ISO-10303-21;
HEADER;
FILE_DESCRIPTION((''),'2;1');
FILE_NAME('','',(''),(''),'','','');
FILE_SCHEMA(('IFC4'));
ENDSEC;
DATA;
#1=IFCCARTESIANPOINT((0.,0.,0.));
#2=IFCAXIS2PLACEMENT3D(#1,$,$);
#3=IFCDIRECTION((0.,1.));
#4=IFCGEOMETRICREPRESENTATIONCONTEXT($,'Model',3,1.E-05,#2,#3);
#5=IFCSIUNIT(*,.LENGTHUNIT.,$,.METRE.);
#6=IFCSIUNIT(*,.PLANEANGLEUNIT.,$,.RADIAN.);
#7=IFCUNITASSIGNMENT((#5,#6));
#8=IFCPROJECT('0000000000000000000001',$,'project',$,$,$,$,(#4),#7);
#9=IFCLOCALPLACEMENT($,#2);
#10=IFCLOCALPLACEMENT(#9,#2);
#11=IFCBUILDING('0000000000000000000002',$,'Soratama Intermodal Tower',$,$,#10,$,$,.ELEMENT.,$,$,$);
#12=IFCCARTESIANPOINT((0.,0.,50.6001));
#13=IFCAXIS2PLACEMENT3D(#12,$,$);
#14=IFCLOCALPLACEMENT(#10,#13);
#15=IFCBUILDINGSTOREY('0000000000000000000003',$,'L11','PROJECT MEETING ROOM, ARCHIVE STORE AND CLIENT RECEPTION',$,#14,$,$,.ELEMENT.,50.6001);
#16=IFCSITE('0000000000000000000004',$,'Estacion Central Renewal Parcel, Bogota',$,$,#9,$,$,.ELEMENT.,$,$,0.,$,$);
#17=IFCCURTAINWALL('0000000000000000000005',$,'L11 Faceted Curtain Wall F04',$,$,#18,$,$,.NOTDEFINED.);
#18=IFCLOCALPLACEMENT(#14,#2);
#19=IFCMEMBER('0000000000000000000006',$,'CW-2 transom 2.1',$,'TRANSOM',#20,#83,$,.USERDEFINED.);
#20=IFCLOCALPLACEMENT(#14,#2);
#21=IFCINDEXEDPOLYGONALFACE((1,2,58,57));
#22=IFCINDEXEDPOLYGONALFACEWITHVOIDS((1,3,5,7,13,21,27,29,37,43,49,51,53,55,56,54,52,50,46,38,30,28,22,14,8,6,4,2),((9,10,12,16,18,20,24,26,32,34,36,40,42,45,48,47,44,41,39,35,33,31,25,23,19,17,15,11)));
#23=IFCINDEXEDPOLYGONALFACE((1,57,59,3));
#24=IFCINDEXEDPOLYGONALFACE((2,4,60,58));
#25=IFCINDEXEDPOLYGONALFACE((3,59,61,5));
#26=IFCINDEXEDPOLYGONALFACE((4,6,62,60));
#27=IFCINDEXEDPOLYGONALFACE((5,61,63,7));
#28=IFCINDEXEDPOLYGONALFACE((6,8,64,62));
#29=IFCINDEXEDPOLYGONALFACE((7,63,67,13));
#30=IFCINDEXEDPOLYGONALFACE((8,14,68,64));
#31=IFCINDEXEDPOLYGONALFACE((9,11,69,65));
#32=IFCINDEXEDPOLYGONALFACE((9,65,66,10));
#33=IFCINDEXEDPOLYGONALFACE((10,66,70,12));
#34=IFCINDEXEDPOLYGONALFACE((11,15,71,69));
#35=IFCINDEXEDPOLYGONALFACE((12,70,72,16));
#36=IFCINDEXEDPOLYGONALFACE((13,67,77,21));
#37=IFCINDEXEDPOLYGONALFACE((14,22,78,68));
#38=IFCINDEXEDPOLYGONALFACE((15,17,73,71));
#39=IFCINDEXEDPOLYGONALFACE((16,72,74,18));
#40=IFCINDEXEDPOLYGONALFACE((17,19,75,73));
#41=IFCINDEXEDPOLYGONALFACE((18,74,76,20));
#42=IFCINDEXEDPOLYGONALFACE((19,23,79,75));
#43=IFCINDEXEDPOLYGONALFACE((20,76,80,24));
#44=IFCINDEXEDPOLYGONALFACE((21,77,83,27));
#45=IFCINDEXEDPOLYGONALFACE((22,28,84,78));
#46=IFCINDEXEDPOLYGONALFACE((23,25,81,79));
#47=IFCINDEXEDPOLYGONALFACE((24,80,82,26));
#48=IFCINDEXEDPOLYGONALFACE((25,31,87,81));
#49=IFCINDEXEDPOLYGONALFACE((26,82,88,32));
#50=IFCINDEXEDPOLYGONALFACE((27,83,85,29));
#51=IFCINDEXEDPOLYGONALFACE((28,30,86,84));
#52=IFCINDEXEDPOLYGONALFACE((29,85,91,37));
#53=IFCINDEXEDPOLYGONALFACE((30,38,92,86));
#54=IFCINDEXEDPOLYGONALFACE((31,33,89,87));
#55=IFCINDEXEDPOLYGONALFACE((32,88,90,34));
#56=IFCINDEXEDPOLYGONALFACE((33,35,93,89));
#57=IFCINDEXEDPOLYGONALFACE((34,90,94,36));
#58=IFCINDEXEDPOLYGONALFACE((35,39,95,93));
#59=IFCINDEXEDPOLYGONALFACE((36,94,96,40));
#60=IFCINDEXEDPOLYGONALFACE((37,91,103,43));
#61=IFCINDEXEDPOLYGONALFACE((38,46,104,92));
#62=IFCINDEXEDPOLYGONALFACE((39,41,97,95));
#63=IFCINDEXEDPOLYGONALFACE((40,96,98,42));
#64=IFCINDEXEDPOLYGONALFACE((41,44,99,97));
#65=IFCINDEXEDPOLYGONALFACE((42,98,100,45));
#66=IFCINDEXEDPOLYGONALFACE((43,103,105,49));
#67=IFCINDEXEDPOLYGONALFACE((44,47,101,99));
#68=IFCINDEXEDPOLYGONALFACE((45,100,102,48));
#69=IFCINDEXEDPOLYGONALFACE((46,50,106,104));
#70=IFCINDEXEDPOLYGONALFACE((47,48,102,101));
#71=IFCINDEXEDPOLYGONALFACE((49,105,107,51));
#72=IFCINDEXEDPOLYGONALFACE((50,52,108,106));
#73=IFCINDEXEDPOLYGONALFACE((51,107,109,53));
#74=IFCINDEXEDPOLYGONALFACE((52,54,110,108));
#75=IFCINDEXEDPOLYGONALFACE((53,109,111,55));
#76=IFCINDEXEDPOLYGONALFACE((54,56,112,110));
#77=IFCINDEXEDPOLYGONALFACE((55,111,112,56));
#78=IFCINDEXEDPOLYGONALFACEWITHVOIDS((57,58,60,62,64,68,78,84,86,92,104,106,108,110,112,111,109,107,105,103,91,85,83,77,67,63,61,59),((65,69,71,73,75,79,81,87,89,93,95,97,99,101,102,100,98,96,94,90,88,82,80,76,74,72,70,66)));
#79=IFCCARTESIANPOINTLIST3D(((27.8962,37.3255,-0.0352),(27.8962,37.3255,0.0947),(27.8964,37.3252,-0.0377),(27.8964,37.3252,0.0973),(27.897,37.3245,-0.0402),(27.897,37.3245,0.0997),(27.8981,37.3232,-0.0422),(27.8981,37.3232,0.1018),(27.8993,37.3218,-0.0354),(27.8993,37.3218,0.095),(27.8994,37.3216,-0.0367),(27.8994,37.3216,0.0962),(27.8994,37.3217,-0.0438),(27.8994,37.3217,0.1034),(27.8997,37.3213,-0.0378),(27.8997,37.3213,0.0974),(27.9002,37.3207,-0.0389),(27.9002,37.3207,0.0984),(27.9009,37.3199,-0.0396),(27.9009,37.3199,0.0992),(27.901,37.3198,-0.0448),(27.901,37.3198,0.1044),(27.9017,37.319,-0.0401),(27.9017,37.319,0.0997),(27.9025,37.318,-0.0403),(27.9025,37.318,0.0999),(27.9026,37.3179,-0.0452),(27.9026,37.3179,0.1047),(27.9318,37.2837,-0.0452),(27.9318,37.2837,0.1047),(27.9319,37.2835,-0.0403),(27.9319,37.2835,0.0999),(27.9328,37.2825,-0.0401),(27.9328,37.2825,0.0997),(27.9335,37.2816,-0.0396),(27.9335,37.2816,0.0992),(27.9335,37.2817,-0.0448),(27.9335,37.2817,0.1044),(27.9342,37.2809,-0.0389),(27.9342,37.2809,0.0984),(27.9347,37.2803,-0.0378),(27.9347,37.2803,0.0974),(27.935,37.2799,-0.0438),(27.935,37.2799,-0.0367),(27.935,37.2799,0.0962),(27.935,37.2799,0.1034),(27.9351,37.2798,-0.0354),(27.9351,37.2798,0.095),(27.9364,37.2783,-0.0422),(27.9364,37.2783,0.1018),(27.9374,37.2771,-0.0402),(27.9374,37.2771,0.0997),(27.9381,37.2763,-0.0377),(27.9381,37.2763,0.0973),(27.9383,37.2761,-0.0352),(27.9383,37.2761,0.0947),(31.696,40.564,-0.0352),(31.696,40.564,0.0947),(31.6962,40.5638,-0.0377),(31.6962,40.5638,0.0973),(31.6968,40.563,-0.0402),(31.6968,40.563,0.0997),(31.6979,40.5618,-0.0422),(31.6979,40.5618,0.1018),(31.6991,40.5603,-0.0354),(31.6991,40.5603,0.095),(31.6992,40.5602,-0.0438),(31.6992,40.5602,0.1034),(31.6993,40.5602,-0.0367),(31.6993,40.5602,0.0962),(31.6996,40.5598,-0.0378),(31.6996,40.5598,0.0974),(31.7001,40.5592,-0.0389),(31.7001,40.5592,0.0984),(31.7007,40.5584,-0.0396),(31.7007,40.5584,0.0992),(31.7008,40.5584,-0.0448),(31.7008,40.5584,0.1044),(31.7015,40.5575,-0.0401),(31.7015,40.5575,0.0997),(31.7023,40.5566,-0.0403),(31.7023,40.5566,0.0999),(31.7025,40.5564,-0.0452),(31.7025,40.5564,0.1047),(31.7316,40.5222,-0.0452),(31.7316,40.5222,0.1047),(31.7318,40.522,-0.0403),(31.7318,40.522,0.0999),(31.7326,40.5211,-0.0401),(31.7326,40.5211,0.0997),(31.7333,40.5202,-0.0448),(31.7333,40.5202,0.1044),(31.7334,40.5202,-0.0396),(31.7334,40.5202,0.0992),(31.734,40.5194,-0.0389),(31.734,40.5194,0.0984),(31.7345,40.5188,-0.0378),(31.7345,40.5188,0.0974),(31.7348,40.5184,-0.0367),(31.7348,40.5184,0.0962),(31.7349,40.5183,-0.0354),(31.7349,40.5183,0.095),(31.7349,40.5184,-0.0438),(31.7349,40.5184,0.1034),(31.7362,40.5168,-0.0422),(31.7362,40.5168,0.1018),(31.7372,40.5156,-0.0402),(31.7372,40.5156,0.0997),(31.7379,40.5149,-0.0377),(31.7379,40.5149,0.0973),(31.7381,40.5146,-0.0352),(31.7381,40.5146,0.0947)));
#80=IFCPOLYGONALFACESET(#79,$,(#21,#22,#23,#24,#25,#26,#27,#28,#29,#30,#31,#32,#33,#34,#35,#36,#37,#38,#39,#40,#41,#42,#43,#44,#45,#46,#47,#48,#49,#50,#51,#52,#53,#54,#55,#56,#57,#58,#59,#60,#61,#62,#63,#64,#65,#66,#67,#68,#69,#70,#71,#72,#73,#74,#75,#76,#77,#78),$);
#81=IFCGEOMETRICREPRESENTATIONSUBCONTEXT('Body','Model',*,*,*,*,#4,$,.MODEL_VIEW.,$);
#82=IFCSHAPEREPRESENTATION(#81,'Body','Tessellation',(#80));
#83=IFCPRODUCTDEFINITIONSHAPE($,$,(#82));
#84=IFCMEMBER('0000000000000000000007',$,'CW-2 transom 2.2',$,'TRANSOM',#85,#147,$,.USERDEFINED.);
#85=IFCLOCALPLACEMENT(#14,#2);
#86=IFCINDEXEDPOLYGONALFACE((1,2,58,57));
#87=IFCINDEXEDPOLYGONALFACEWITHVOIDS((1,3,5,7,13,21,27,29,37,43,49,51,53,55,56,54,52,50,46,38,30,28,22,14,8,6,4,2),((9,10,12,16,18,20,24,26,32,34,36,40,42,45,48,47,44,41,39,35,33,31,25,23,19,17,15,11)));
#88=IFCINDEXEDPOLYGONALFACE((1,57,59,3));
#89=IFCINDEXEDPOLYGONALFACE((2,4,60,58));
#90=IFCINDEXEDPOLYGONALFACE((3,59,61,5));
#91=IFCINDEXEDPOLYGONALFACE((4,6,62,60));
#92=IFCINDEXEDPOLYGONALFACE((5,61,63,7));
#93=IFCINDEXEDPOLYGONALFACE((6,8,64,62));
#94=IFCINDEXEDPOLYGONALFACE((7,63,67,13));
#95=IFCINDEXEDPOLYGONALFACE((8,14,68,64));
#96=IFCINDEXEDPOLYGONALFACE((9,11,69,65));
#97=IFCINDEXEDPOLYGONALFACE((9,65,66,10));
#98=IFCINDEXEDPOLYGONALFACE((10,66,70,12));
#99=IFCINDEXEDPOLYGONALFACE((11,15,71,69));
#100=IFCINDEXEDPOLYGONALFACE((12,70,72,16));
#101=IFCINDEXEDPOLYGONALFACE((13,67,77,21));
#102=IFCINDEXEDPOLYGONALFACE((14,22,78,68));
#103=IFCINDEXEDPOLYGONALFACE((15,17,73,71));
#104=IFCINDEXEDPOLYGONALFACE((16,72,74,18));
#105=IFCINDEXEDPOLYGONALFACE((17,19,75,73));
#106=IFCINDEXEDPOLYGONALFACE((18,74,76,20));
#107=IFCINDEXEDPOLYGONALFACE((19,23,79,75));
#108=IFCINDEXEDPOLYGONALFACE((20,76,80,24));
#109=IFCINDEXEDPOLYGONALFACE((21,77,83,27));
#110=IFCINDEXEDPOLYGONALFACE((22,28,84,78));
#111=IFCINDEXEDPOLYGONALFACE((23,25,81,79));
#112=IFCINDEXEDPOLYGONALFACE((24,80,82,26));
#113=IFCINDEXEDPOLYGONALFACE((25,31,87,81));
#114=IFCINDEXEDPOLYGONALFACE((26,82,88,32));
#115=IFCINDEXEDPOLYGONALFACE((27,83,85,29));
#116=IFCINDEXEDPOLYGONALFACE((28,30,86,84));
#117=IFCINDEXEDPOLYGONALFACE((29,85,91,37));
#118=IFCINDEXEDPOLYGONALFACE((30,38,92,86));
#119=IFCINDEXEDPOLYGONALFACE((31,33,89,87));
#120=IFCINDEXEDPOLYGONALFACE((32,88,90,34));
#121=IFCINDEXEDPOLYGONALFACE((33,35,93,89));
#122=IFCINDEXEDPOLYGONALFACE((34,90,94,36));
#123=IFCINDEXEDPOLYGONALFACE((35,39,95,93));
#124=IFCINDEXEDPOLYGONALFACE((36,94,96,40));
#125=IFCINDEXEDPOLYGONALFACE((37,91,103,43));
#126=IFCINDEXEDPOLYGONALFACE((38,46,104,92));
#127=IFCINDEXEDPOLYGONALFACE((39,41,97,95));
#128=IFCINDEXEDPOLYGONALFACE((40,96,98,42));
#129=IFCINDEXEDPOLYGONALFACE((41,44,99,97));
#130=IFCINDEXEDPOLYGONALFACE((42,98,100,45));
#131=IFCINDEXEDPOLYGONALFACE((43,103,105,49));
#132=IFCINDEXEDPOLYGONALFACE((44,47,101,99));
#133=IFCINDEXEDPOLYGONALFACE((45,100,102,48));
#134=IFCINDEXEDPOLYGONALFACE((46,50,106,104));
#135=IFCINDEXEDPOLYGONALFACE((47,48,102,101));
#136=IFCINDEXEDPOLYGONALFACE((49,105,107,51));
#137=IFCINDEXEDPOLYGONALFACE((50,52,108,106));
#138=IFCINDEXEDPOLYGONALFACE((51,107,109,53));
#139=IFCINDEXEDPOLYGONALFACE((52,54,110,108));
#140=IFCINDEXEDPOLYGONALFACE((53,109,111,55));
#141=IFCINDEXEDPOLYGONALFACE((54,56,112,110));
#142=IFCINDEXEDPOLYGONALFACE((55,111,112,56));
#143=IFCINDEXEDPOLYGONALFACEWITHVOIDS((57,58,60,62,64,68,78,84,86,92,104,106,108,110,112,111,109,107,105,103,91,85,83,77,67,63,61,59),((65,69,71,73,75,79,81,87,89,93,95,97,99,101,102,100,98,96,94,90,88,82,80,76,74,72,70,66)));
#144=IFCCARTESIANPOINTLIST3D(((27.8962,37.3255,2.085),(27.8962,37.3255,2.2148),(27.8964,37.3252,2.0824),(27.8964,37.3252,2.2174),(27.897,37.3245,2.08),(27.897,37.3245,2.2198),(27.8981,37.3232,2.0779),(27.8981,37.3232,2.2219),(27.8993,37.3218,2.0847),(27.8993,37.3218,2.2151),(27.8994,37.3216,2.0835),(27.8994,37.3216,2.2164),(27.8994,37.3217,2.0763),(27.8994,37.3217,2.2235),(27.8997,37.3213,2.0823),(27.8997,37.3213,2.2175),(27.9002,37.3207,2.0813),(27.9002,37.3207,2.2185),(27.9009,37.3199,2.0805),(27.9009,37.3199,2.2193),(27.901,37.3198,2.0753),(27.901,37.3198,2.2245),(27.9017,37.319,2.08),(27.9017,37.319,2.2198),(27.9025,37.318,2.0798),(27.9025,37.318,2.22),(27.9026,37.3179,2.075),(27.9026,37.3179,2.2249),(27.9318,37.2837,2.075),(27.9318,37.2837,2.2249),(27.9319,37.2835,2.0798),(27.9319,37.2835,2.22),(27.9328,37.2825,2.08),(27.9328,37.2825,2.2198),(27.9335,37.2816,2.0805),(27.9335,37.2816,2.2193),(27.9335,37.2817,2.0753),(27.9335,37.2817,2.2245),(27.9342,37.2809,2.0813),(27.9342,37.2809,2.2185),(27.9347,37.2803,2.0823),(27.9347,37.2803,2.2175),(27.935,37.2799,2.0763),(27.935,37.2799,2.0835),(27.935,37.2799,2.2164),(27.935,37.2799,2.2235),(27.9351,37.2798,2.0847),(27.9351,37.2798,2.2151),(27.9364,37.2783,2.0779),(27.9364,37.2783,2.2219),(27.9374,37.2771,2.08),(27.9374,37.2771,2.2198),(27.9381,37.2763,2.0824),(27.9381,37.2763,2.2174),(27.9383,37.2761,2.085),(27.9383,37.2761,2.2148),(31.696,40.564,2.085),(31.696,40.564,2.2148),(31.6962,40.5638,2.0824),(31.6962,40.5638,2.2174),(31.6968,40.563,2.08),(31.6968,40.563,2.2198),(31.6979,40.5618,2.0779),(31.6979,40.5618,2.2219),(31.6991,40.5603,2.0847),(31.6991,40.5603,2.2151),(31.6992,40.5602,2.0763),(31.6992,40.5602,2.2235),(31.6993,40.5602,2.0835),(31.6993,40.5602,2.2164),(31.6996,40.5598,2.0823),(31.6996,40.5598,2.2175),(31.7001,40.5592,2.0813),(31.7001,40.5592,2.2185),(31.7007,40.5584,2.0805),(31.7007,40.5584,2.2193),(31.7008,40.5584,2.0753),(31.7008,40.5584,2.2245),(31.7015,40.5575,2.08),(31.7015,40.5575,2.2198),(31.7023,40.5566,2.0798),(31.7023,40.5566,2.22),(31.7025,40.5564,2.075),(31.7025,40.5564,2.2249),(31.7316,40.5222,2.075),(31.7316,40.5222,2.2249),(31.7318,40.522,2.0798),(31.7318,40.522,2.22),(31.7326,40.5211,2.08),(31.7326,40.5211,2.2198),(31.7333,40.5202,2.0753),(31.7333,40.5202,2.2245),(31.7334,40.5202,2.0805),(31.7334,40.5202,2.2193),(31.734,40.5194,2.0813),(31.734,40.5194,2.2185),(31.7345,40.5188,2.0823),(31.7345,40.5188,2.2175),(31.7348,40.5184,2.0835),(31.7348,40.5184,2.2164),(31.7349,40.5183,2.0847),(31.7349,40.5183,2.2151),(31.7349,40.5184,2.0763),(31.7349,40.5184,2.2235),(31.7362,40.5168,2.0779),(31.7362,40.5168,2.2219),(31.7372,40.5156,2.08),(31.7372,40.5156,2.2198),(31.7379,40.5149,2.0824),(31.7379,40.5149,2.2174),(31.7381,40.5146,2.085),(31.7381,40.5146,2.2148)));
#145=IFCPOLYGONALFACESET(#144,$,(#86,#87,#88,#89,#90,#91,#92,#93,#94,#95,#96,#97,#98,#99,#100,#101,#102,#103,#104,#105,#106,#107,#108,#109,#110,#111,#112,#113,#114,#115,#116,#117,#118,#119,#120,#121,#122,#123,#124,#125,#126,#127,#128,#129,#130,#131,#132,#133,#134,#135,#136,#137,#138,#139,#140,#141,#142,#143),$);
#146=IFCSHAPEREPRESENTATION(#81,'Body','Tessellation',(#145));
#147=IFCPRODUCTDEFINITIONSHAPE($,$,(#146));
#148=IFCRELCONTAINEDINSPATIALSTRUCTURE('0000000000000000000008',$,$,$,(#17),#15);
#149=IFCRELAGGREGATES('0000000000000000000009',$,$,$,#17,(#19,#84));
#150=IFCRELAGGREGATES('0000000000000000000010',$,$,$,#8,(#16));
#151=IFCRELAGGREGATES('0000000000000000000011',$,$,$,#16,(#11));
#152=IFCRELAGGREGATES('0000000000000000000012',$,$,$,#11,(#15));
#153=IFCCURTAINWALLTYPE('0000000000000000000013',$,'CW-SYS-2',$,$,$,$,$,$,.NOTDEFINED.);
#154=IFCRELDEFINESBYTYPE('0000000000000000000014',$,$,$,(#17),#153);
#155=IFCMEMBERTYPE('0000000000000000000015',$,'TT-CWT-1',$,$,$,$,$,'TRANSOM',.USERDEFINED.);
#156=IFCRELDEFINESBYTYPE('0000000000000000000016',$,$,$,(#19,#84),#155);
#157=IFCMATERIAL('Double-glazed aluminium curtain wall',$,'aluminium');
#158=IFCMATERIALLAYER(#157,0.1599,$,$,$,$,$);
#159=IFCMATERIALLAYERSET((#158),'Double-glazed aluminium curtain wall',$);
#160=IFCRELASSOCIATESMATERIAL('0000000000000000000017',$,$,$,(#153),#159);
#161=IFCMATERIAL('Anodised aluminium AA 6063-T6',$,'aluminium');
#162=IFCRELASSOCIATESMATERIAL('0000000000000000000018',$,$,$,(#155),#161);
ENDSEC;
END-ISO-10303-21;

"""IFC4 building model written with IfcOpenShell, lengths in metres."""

from ifc_helpers import new_model, si_unit, direction, frame, origin, origin_2d, place, context, subcontext, project, spatial, hollow_rectangle, extrude, material, layer, layer_set, material_profile, profile_set, type_object, element, aggregate, save


model = new_model("IFC4")

# Units and contexts
model_context = context("Model", 3, precision=1e-05, world=origin(), true_north=direction((0.0, 1.0)))
body_context = subcontext(model_context, "Body", "Model", "MODEL_VIEW")
ifc_project = project(units=[si_unit("LENGTHUNIT", "METRE"), si_unit("PLANEANGLEUNIT", "RADIAN")], contexts=[model_context])

# Site, building, storey
site_placement = place(None, origin())
site = spatial("IfcSite", under=ifc_project, at=site_placement, Name="Estacion Central Renewal Parcel, Bogota", CompositionType="ELEMENT", RefElevation=0.0)
building_placement = place(site_placement, origin())
building = spatial("IfcBuilding", under=site, at=building_placement, Name="Soratama Intermodal Tower", CompositionType="ELEMENT")
storey_placement = place(building_placement, frame((0.0, 0.0, 50.6001)))
storey = spatial("IfcBuildingStorey", under=building, at=storey_placement, Name="L11", Description="PROJECT MEETING ROOM, ARCHIVE STORE AND CLIENT RECEPTION", CompositionType="ELEMENT", Elevation=50.6001)

# Curtain wall, members
ifc_material_1 = material(Name="Double-glazed aluminium curtain wall", Category="aluminium")
ifc_layer_1 = layer(ifc_material_1, 0.1599)
ifc_layer_set_1 = layer_set([ifc_layer_1], Name="Double-glazed aluminium curtain wall")
curtain_wall_type = type_object("IfcCurtainWallType", Name="CW-SYS-2", PredefinedType="NOTDEFINED", material=ifc_layer_set_1)
curtain_wall_placement = place(storey_placement, origin())
curtain_wall = element("IfcCurtainWall", 1, at=curtain_wall_placement, inside=storey, type_object=curtain_wall_type, Name="L11 Faceted Curtain Wall F04", PredefinedType="NOTDEFINED")
ifc_material_2 = material(Name="Anodised aluminium AA 6063-T6", Category="aluminium")
ifc_material_profile_1 = material_profile(ifc_material_2, hollow_rectangle(XDim=0.0649, YDim=0.1499, WallThickness=0.0049, InnerFilletRadius=0.0049, OuterFilletRadius=0.01, at=origin_2d()), Name="CWT150X65X5")
ifc_profile_set_1 = profile_set([ifc_material_profile_1], Name="Anodised aluminium AA 6063-T6")
member_type_1 = type_object("IfcMemberType", Name="TT-CWT-1", ElementType="TRANSOM", PredefinedType="USERDEFINED", material=ifc_profile_set_1)
member_1_placement = place(storey_placement, frame((31.717, 40.5393, 0.0298), z_axis=(-0.76108, -0.648658, 0.0), x_axis=(0.648658, -0.76108, 0.0)))
member_1 = element("IfcMember", 2, at=member_1_placement, type_object=member_type_1, Name="CW-2 transom 2.1", ObjectType="TRANSOM", PredefinedType="USERDEFINED", context=body_context, shape_type="SweptSolid", body=[
    extrude(hollow_rectangle(XDim=0.0649, YDim=0.1499, WallThickness=0.0049, InnerFilletRadius=0.0049, OuterFilletRadius=0.01, at=origin_2d()), origin(), (0.0, 0.0, 1.0), 4.9927),
])
member_2_placement = place(storey_placement, frame((31.717, 40.5393, 2.1499), z_axis=(-0.76108, -0.648658, 0.0), x_axis=(0.648658, -0.76108, 0.0)))
member_2 = element("IfcMember", 3, at=member_2_placement, type_object=member_type_1, Name="CW-2 transom 2.2", ObjectType="TRANSOM", PredefinedType="USERDEFINED", context=body_context, shape_type="SweptSolid", body=[
    extrude(hollow_rectangle(XDim=0.0649, YDim=0.1499, WallThickness=0.0049, InnerFilletRadius=0.0049, OuterFilletRadius=0.01, at=origin_2d()), origin(), (0.0, 0.0, 1.0), 4.9927),
])
aggregate(curtain_wall, [member_1, member_2])

save(model, "model.ifc")
